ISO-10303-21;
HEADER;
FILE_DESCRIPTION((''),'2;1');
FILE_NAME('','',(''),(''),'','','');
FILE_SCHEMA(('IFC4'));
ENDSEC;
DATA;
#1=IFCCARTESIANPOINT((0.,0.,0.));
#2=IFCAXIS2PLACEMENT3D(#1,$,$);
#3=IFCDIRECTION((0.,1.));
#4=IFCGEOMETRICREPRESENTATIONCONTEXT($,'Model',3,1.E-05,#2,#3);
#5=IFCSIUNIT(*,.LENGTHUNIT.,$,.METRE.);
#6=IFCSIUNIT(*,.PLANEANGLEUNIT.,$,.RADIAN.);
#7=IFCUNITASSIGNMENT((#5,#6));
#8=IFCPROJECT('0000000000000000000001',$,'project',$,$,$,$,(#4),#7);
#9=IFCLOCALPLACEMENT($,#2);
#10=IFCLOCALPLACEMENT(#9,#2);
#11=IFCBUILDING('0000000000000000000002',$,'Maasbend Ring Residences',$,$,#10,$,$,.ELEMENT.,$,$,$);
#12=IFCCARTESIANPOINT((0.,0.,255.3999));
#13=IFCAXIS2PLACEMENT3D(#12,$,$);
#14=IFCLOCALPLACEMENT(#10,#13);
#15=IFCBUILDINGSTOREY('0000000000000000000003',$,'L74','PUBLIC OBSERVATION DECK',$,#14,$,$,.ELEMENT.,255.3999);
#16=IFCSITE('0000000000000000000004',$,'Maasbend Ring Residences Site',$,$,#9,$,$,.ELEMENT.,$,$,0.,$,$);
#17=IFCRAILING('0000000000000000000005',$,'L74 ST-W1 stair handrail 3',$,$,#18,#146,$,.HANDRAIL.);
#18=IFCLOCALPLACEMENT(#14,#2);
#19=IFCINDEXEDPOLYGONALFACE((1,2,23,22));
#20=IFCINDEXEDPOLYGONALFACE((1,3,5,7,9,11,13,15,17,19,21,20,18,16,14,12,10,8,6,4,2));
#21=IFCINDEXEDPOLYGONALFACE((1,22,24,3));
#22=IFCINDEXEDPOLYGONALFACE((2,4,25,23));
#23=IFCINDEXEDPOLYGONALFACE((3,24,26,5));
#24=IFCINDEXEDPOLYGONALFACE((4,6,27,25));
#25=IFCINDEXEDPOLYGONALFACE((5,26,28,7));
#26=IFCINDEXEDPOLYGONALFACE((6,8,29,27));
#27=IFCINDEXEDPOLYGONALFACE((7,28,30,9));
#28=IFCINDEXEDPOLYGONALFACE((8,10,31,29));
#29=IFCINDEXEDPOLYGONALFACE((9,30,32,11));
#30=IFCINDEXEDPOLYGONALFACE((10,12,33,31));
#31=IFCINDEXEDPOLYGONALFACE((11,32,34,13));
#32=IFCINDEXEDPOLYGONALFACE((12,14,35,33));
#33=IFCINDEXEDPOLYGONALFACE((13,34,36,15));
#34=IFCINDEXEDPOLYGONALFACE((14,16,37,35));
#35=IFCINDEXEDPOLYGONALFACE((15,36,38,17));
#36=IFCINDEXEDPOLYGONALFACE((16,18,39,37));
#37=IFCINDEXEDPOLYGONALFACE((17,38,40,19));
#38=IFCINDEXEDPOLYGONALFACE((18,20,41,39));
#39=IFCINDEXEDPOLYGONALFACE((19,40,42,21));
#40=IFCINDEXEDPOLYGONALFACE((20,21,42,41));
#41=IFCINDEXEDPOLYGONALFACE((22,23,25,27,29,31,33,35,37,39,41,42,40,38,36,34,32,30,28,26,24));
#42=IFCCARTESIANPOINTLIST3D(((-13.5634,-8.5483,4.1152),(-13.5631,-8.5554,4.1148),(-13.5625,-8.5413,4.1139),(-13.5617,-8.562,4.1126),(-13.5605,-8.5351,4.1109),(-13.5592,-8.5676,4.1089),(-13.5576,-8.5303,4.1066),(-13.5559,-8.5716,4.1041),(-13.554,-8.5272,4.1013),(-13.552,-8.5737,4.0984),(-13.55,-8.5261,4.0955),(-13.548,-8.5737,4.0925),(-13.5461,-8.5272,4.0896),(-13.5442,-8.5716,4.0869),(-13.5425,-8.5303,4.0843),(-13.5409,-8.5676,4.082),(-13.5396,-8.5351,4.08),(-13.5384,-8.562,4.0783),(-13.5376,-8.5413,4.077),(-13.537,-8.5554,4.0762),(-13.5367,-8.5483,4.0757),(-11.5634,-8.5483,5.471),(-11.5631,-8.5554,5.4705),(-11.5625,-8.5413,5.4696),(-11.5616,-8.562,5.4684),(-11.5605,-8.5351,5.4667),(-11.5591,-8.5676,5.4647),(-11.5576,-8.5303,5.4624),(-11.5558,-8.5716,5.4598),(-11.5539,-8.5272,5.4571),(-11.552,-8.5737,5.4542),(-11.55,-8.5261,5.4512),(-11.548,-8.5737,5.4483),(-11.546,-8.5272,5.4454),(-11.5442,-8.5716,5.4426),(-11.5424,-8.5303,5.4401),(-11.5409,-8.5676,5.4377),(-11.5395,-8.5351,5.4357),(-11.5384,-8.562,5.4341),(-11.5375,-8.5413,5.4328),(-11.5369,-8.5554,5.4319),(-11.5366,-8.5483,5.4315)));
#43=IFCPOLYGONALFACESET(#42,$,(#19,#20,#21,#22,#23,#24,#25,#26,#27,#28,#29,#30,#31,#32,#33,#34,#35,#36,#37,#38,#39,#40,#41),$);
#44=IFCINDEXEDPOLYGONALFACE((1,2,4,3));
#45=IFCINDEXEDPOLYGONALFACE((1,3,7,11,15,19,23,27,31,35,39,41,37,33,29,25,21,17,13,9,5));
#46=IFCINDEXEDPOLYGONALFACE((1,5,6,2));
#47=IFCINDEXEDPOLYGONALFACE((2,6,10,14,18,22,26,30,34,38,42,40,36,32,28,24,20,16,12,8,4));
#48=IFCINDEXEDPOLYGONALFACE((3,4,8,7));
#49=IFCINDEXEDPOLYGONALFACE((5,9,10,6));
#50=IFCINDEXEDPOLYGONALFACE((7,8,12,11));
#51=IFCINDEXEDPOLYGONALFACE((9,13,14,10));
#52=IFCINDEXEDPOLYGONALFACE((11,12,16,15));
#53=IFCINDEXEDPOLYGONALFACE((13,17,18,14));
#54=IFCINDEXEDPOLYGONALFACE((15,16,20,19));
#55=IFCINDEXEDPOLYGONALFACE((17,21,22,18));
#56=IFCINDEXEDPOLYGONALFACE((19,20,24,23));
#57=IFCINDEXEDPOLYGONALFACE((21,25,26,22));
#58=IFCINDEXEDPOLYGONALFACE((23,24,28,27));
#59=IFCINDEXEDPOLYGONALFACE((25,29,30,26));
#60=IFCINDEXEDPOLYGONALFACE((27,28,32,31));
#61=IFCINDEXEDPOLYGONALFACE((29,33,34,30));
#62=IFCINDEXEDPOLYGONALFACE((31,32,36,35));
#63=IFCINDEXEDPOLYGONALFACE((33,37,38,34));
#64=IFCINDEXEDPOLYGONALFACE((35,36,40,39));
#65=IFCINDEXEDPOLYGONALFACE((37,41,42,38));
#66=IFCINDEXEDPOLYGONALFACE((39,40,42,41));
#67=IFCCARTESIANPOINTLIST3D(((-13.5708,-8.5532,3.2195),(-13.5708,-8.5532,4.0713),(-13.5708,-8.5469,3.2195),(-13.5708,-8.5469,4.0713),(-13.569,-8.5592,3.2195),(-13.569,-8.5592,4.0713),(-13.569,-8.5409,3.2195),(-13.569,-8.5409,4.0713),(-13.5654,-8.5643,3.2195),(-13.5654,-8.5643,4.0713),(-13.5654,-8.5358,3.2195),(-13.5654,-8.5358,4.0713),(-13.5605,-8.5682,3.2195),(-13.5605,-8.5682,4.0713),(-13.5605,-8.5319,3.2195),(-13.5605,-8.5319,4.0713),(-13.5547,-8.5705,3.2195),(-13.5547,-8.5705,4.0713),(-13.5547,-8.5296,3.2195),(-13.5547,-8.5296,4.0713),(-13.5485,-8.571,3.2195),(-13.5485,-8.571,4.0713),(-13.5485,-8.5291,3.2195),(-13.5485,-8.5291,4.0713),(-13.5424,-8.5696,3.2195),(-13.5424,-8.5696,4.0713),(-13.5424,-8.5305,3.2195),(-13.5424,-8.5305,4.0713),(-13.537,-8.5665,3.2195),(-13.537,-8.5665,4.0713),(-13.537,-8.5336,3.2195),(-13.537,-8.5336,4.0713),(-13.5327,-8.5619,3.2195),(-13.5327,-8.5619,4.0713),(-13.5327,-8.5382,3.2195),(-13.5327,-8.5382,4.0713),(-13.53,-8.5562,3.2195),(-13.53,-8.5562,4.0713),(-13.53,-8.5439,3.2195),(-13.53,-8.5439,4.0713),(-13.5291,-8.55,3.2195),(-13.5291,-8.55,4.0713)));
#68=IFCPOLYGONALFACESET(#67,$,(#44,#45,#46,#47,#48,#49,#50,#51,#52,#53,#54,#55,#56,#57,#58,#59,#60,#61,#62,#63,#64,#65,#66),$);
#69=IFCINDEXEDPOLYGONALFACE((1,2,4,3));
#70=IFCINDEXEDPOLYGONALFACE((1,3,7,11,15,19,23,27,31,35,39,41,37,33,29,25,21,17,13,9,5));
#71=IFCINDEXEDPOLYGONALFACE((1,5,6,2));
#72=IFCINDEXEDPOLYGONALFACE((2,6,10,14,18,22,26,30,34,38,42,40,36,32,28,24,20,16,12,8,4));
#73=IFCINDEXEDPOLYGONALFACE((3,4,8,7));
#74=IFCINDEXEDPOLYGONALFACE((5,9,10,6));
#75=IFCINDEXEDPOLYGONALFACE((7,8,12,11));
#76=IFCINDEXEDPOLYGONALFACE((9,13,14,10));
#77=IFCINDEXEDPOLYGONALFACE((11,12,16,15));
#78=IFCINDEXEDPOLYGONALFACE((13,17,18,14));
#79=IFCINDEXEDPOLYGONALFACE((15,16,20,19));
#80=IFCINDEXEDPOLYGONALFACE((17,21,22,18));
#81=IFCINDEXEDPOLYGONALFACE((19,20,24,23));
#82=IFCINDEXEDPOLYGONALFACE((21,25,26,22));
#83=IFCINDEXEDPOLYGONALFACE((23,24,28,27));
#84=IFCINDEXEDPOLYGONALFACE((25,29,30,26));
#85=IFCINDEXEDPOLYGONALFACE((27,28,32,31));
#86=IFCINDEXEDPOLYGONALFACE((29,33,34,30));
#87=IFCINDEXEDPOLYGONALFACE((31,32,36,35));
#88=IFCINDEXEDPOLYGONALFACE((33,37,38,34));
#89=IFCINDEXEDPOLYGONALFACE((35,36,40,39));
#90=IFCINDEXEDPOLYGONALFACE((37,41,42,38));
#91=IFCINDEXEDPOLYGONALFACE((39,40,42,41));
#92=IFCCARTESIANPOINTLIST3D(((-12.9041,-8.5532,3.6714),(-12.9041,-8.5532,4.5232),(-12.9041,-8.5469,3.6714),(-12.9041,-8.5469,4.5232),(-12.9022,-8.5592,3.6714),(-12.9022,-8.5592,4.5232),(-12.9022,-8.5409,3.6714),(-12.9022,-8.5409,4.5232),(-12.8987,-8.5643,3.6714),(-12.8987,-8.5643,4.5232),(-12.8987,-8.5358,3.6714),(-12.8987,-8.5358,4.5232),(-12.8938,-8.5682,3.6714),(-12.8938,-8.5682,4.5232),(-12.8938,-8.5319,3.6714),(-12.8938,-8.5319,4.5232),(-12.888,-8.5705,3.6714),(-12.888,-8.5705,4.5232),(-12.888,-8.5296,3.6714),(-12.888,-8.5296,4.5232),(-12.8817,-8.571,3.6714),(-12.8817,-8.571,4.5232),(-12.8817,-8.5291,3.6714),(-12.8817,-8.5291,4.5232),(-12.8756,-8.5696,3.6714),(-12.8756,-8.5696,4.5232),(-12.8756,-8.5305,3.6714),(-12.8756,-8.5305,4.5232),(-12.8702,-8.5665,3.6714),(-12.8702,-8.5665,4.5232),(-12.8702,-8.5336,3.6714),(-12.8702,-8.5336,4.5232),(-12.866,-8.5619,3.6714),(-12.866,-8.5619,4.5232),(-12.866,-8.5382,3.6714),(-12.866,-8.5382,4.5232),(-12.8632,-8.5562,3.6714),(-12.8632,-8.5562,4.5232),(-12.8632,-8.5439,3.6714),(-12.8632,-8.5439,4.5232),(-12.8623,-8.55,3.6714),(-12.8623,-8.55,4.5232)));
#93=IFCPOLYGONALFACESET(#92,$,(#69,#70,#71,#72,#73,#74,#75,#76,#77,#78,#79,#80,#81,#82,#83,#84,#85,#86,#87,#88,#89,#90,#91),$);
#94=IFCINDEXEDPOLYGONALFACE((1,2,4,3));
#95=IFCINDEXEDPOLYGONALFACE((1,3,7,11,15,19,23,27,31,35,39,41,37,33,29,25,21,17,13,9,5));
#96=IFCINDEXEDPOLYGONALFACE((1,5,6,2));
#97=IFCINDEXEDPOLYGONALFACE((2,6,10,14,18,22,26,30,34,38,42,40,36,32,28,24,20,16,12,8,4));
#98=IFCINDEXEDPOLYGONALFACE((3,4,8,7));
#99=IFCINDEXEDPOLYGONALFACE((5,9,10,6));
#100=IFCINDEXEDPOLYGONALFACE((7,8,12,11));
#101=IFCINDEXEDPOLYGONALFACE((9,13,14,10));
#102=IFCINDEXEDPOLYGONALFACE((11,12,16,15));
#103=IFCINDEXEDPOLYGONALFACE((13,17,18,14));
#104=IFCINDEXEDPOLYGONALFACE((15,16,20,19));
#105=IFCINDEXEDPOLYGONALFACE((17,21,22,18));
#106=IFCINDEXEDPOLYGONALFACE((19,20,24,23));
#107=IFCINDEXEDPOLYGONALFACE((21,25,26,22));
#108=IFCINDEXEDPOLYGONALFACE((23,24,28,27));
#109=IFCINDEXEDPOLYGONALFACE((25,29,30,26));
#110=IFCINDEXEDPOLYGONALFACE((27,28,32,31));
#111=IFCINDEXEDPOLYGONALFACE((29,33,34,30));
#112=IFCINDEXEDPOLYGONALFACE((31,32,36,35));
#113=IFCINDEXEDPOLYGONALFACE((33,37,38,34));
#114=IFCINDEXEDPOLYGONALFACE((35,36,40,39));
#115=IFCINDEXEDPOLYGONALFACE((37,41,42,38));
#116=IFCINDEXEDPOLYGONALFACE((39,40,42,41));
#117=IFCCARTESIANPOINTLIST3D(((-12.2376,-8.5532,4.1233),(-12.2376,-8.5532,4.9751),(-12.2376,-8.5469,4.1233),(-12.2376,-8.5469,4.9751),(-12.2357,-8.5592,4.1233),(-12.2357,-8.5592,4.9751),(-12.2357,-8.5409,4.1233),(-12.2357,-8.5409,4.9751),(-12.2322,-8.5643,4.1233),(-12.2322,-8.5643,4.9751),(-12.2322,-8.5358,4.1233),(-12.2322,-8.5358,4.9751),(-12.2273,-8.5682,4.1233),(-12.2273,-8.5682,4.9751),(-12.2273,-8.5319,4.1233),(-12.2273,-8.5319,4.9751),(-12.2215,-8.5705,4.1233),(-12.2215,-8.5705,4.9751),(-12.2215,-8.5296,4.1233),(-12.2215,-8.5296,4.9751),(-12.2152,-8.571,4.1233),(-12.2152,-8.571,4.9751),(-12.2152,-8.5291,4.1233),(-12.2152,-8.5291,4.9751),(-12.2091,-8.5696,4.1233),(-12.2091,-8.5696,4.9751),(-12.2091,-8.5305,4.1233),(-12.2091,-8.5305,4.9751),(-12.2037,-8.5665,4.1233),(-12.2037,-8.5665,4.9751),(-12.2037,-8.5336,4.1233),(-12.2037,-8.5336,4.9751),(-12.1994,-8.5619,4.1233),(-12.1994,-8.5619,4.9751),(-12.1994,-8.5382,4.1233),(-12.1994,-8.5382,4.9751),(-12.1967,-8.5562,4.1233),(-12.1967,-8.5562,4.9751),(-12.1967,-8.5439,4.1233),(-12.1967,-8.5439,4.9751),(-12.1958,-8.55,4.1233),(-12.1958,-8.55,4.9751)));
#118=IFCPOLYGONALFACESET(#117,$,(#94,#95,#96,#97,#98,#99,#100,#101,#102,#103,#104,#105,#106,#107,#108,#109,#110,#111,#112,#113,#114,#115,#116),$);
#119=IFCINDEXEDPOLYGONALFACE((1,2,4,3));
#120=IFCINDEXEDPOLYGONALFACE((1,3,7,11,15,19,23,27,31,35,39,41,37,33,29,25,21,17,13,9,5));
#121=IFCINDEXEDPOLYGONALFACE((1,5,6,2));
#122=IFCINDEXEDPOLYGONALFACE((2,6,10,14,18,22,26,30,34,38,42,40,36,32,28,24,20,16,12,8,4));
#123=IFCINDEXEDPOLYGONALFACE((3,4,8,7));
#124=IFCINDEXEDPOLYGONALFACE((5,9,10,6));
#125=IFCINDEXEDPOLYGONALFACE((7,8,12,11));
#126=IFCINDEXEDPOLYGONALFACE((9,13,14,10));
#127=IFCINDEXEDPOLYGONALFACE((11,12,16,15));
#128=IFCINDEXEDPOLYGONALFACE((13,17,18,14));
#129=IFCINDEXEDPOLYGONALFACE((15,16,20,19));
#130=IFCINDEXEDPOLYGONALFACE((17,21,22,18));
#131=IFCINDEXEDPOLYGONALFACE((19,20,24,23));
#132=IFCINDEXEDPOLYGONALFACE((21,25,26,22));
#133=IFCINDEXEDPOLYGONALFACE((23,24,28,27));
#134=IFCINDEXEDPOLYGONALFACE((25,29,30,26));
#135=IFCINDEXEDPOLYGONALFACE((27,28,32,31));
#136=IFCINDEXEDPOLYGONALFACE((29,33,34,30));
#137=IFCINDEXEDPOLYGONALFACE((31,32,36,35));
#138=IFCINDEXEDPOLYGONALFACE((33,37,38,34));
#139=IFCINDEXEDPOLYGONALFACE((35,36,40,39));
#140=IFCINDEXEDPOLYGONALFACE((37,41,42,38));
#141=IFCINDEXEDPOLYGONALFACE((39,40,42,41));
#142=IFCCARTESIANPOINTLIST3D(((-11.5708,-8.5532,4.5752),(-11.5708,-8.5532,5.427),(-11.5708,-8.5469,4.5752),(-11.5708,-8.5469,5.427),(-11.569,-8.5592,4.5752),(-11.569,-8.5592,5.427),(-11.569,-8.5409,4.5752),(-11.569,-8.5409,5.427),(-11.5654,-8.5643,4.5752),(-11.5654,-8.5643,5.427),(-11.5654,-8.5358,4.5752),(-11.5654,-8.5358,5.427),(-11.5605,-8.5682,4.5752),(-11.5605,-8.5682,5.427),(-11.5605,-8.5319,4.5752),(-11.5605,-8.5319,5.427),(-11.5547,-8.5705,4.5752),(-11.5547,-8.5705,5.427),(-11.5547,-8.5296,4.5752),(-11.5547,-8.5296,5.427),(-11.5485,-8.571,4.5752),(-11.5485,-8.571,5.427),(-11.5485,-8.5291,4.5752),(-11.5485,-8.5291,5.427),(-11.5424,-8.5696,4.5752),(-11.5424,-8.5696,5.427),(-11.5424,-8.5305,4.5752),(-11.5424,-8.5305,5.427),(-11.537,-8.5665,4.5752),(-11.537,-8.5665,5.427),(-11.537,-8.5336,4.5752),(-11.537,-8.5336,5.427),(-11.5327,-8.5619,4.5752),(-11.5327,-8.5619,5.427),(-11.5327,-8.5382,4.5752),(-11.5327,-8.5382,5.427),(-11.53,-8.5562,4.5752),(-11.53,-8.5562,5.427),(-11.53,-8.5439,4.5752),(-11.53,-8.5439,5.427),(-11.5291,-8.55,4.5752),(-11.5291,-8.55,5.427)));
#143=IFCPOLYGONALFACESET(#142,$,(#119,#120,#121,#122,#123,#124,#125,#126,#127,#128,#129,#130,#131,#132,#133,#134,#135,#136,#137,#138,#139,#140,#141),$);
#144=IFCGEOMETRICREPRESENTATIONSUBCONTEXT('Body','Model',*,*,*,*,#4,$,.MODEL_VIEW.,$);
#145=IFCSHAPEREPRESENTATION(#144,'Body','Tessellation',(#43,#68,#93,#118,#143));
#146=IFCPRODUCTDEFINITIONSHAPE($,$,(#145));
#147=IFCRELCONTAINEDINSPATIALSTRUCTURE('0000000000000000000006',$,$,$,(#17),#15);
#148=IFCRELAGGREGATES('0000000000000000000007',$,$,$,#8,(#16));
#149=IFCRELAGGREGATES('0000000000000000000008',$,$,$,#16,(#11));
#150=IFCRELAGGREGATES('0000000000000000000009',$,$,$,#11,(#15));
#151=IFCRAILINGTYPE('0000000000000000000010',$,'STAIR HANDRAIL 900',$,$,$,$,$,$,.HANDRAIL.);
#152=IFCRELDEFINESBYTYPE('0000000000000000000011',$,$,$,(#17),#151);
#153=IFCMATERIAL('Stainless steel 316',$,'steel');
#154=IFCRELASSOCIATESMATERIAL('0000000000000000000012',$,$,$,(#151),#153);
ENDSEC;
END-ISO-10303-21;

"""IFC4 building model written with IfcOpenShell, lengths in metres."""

from ifc_helpers import new_model, si_unit, direction, frame, origin, origin_2d, place, context, subcontext, project, spatial, circle, extrude, material, type_object, element, save


model = new_model("IFC4")

# Units and contexts
model_context = context("Model", 3, precision=1e-05, world=origin(), true_north=direction((0.0, 1.0)))
body_context = subcontext(model_context, "Body", "Model", "MODEL_VIEW")
ifc_project = project(units=[si_unit("LENGTHUNIT", "METRE"), si_unit("PLANEANGLEUNIT", "RADIAN")], contexts=[model_context])

# Site, building, storey
site_placement = place(None, origin())
site = spatial("IfcSite", under=ifc_project, at=site_placement, Name="Maasbend Ring Residences Site", CompositionType="ELEMENT", RefElevation=0.0)
building_placement = place(site_placement, origin())
building = spatial("IfcBuilding", under=site, at=building_placement, Name="Maasbend Ring Residences", CompositionType="ELEMENT")
storey_placement = place(building_placement, frame((0.0, 0.0, 255.3999)))
storey = spatial("IfcBuildingStorey", under=building, at=storey_placement, Name="L74", Description="PUBLIC OBSERVATION DECK", CompositionType="ELEMENT", Elevation=255.3999)

# Railing
ifc_material_1 = material(Name="Stainless steel 316", Category="steel")
railing_type_1 = type_object("IfcRailingType", Name="STAIR HANDRAIL 900", PredefinedType="HANDRAIL", material=ifc_material_1)
for number, where, name in (
    (1, (-13.55, -8.55, 3.2195), "L74 ST-W1 stair handrail 3"),
):
    element("IfcRailing", number, at=place(storey_placement, frame(where)), inside=storey, type_object=railing_type_1, Name=name, PredefinedType="HANDRAIL", context=body_context, shape_type="SweptSolid", body=[
        extrude(circle(Radius=0.0239, at=origin_2d()), frame((0.0, 0.0, 0.876), z_axis=(0.827751, 0.0, 0.561096), x_axis=(0.0, 1.0, 0.0)), (0.0, 0.0, 1.0), 2.4163),
        extrude(circle(Radius=0.021, at=origin_2d()), origin(), (0.0, 0.0, 1.0), 0.8518),
        extrude(circle(Radius=0.021, at=origin_2d()), frame((0.6667, 0.0, 0.4519)), (0.0, 0.0, 1.0), 0.8518),
        extrude(circle(Radius=0.021, at=origin_2d()), frame((1.3333, 0.0, 0.9038)), (0.0, 0.0, 1.0), 0.8518),
        extrude(circle(Radius=0.021, at=origin_2d()), frame((2.0, 0.0, 1.3557)), (0.0, 0.0, 1.0), 0.8518),
    ])

save(model, "model.ifc")
